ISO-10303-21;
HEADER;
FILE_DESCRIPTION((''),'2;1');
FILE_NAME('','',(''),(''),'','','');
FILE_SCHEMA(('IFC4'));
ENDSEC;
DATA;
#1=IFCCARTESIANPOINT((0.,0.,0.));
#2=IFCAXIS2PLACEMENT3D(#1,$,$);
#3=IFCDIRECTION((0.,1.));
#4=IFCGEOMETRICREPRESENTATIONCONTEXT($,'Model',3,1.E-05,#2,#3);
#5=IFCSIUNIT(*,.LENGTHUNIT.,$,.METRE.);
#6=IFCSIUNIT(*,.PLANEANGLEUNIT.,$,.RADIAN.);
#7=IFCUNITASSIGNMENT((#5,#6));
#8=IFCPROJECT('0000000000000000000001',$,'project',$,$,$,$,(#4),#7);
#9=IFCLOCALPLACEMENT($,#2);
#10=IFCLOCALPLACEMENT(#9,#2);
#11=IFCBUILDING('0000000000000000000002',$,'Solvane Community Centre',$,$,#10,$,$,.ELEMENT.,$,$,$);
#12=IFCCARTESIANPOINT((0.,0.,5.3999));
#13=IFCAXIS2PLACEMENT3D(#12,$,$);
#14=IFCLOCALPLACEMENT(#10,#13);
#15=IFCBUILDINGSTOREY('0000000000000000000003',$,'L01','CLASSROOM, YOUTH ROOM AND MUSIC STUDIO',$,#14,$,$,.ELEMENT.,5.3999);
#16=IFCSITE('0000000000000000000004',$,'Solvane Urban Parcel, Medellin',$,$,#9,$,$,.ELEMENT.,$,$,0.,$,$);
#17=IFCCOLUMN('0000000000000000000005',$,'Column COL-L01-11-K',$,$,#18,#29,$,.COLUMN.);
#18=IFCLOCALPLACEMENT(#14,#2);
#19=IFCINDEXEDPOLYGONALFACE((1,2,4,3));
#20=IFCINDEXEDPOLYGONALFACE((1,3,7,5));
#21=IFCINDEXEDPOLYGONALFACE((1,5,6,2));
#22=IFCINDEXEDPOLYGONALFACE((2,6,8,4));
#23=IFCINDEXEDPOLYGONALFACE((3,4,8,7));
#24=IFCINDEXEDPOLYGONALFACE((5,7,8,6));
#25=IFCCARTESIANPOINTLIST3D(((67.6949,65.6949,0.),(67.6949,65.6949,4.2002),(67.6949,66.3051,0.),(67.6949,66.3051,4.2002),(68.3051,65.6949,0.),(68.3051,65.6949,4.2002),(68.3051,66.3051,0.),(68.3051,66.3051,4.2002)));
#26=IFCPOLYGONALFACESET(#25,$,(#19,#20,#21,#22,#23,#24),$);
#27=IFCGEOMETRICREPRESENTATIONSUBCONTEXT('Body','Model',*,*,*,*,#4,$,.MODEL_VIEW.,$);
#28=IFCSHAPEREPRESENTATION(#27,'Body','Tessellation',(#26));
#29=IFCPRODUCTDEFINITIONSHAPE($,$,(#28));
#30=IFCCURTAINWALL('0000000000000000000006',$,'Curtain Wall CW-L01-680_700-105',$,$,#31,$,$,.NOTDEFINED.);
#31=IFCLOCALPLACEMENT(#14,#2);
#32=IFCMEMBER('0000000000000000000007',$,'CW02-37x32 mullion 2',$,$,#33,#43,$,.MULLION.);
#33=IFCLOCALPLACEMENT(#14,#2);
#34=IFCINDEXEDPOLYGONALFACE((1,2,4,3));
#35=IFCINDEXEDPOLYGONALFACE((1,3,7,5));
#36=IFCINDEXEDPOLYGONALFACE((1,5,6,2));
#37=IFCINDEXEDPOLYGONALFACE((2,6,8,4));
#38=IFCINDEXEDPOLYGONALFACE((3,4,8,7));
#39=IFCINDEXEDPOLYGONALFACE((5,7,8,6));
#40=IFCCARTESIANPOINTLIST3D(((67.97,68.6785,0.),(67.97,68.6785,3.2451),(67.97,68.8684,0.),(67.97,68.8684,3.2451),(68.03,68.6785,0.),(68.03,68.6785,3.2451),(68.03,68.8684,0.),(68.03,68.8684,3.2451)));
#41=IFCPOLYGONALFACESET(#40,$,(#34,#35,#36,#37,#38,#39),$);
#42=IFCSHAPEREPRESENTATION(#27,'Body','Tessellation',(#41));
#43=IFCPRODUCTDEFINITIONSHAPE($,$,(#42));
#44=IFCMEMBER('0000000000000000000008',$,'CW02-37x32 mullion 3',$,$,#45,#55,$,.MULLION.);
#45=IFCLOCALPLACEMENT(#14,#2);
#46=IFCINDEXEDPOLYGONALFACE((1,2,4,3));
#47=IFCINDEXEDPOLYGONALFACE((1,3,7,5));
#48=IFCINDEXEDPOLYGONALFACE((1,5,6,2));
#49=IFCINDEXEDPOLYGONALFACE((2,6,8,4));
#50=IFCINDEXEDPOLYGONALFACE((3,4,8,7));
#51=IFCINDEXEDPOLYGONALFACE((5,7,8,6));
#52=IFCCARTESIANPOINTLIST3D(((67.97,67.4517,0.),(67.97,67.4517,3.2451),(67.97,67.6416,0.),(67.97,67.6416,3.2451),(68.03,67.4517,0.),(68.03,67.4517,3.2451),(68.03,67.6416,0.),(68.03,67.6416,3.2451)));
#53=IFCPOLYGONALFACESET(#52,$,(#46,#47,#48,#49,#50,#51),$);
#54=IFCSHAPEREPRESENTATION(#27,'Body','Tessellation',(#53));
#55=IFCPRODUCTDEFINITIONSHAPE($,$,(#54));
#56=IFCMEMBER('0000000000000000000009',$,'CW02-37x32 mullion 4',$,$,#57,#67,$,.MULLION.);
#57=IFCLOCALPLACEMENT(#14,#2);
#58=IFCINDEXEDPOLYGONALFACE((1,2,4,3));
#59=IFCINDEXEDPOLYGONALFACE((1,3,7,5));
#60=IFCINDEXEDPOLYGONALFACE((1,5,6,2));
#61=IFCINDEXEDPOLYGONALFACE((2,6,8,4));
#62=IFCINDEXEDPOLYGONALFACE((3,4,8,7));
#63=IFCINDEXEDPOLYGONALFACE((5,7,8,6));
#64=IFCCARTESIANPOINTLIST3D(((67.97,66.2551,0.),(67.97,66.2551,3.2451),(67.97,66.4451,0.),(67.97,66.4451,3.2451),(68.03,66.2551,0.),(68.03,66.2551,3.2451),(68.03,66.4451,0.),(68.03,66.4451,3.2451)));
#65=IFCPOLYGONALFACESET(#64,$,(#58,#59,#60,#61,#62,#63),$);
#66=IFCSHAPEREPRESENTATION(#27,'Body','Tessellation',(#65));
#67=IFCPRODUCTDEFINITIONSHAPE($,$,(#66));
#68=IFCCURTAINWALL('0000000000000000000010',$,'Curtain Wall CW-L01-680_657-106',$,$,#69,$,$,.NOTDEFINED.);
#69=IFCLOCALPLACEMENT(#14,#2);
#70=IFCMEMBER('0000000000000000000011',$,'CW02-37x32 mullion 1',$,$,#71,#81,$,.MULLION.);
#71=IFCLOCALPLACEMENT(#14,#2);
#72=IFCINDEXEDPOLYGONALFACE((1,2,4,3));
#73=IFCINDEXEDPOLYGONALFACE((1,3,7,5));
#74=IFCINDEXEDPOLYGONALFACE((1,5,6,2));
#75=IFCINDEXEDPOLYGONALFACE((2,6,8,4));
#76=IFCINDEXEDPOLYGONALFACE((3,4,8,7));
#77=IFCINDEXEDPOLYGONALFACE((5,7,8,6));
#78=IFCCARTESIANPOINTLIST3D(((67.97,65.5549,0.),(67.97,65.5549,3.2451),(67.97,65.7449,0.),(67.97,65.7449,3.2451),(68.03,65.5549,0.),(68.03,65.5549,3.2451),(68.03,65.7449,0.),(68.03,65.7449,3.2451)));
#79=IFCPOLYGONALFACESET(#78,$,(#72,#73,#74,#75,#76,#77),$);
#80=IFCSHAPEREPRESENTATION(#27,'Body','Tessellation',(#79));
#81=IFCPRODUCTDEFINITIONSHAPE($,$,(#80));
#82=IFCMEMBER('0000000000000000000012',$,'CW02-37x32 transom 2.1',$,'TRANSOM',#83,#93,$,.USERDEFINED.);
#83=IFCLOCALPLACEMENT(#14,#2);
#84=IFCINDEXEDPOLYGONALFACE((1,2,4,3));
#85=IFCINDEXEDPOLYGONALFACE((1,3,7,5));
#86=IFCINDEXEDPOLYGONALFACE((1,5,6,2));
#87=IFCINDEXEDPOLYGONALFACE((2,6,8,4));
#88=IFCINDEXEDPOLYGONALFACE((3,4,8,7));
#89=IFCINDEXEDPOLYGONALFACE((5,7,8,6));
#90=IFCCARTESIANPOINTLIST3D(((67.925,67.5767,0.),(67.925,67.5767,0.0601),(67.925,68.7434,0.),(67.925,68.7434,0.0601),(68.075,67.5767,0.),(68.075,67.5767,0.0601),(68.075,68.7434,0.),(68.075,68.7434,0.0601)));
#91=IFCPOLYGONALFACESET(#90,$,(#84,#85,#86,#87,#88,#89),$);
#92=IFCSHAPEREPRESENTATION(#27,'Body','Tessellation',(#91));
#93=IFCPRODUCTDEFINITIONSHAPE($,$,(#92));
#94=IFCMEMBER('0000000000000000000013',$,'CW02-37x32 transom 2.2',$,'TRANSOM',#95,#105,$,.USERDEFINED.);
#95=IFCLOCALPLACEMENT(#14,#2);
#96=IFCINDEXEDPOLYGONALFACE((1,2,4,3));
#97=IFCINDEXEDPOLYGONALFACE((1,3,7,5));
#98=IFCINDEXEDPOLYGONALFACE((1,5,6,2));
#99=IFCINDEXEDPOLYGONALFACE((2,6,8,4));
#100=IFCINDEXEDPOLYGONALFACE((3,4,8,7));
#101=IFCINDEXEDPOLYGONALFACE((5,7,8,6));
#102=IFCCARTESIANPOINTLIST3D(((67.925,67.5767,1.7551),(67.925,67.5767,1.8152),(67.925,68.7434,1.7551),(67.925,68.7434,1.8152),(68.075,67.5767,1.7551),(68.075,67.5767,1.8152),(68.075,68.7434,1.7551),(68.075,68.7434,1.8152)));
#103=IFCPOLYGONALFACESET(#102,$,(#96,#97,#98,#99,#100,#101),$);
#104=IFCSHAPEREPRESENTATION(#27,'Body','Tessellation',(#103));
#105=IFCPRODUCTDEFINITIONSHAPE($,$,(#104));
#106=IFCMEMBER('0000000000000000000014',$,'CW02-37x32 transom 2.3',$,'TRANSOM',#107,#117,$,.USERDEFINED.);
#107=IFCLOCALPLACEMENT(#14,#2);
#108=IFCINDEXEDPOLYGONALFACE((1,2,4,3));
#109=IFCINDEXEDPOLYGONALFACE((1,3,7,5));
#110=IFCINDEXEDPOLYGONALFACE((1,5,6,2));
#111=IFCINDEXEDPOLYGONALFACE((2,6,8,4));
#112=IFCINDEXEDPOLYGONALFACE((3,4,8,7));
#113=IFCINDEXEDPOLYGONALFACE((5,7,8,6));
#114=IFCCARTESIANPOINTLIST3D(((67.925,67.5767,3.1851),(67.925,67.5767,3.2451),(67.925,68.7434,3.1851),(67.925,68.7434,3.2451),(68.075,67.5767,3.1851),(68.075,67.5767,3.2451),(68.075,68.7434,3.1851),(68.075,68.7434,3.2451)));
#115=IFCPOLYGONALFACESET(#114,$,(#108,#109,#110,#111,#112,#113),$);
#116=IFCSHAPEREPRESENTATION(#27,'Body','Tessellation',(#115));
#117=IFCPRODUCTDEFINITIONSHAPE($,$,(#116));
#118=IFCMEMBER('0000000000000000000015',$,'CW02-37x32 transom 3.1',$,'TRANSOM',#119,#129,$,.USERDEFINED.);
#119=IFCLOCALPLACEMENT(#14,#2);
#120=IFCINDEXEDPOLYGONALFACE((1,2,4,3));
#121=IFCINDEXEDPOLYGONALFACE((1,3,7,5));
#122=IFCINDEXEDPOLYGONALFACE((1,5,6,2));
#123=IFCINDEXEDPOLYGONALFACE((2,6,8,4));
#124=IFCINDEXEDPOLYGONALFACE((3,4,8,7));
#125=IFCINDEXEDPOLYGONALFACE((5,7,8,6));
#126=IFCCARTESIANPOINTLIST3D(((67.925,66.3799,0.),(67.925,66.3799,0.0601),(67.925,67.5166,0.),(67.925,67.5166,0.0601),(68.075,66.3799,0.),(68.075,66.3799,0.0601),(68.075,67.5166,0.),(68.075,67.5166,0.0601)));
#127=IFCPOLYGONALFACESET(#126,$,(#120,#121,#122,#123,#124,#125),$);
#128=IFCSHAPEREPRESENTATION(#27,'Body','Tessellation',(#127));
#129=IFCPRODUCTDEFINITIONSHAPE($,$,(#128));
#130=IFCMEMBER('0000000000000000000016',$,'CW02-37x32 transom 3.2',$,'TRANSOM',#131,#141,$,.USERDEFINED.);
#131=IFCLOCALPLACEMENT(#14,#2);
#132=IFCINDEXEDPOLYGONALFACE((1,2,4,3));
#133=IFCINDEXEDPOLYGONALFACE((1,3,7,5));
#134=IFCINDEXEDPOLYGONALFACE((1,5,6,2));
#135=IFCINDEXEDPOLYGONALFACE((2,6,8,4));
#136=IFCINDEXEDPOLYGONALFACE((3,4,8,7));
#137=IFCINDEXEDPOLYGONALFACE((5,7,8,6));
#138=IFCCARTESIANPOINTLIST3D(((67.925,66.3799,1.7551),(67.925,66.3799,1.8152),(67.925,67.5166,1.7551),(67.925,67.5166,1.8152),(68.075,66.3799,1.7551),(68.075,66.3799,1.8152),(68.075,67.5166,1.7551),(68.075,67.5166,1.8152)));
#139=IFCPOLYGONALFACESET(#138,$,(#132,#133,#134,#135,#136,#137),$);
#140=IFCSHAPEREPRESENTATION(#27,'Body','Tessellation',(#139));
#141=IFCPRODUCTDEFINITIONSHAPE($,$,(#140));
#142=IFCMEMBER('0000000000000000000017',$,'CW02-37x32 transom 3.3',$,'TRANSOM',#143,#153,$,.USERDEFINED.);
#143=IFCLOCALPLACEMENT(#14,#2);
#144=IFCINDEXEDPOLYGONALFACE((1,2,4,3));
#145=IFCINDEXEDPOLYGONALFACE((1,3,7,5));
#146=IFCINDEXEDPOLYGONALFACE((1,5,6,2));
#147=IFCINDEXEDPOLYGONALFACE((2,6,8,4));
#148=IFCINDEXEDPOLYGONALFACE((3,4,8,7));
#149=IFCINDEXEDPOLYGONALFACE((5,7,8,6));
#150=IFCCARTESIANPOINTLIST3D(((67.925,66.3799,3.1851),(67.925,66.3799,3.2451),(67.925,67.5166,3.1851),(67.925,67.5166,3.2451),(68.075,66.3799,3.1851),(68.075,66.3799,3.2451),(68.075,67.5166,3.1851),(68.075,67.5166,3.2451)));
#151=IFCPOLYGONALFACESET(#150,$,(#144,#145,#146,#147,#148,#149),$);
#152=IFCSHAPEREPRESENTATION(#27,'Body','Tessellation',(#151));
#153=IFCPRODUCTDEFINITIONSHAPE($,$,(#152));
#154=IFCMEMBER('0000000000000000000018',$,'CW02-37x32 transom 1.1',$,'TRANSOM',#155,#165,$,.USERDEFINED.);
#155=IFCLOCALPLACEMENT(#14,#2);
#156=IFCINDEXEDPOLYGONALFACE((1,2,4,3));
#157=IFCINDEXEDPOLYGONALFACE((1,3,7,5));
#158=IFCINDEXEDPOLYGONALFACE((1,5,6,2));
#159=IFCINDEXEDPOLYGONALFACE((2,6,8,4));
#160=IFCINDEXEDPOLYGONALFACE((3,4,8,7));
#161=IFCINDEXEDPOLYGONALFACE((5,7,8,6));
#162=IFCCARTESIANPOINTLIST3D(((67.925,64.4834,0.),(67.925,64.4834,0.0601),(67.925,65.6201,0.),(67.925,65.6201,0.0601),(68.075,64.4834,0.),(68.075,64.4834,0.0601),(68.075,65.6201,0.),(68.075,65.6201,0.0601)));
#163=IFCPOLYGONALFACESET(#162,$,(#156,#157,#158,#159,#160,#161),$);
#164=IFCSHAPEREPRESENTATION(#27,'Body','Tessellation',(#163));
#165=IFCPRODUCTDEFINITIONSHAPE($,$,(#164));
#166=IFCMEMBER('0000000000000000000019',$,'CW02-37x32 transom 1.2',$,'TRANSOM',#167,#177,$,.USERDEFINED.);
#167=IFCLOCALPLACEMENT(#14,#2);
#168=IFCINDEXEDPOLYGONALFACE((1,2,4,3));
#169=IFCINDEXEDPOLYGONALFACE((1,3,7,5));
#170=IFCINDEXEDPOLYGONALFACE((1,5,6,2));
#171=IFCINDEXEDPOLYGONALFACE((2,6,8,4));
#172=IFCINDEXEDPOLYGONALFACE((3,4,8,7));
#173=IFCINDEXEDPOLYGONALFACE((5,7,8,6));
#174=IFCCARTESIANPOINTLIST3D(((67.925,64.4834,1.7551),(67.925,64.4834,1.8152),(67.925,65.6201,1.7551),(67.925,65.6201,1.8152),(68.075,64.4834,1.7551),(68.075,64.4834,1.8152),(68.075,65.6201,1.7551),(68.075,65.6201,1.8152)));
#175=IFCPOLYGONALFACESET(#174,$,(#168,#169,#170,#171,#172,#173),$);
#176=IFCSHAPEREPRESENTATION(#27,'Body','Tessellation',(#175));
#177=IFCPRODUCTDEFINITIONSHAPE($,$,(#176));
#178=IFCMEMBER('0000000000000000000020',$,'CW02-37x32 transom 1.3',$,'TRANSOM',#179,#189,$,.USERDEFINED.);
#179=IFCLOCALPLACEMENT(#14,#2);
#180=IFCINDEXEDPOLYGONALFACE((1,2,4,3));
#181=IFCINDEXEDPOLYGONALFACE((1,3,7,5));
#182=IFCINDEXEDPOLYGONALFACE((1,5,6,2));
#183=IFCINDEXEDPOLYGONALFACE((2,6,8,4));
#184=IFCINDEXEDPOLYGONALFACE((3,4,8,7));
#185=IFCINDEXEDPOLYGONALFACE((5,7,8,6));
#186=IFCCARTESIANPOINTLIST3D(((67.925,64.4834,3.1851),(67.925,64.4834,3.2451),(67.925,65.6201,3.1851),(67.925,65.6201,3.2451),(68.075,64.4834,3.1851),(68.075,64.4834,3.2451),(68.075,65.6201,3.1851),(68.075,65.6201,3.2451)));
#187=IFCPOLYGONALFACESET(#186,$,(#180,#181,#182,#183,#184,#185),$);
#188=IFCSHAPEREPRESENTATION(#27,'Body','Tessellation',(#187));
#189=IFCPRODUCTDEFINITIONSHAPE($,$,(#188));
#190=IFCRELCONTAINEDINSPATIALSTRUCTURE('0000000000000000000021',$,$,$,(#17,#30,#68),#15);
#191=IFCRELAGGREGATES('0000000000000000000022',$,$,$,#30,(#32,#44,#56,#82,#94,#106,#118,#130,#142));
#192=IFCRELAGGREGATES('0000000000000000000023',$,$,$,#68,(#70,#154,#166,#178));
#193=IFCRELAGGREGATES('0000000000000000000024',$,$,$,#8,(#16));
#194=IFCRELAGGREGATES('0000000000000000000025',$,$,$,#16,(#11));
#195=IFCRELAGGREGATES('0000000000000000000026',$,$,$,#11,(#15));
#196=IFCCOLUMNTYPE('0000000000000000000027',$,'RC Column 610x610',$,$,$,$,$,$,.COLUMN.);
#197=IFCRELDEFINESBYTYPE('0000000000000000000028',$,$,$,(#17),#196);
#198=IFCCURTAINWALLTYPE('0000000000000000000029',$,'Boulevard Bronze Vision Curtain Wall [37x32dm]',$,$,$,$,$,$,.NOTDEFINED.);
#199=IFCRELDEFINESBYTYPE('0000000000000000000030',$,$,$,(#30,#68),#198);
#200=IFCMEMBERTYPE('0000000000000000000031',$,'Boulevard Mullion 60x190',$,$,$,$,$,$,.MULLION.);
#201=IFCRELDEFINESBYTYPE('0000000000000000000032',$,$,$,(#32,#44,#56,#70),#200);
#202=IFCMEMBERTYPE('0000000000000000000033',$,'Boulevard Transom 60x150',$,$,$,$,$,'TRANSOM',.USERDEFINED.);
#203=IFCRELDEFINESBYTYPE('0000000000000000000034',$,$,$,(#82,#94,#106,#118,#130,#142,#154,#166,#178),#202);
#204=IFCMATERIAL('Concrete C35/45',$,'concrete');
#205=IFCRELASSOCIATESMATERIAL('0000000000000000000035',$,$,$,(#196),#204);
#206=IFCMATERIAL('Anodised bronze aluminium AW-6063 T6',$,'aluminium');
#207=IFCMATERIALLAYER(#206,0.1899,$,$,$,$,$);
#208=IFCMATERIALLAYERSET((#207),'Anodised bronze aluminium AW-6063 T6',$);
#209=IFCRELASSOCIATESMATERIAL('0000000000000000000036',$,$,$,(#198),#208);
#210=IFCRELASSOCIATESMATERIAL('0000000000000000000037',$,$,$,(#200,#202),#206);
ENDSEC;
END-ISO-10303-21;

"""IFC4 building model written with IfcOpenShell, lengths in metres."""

from ifc_helpers import new_model, si_unit, direction, frame, origin, origin_2d, place, context, subcontext, project, spatial, rectangle, extrude, material, layer, layer_set, material_profile, profile_set, type_object, element, aggregate, save


model = new_model("IFC4")

# Units and contexts
model_context = context("Model", 3, precision=1e-05, world=origin(), true_north=direction((0.0, 1.0)))
body_context = subcontext(model_context, "Body", "Model", "MODEL_VIEW")
ifc_project = project(units=[si_unit("LENGTHUNIT", "METRE"), si_unit("PLANEANGLEUNIT", "RADIAN")], contexts=[model_context])

# Site, building, storey
site_placement = place(None, origin())
site = spatial("IfcSite", under=ifc_project, at=site_placement, Name="Solvane Urban Parcel, Medellin", CompositionType="ELEMENT", RefElevation=0.0)
building_placement = place(site_placement, origin())
building = spatial("IfcBuilding", under=site, at=building_placement, Name="Solvane Community Centre", CompositionType="ELEMENT")
storey_placement = place(building_placement, frame((0.0, 0.0, 5.3999)))
storey = spatial("IfcBuildingStorey", under=building, at=storey_placement, Name="L01", Description="CLASSROOM, YOUTH ROOM AND MUSIC STUDIO", CompositionType="ELEMENT", Elevation=5.3999)

# Column
ifc_material_1 = material(Name="Concrete C35/45", Category="concrete")
ifc_material_profile_1 = material_profile(ifc_material_1, rectangle(XDim=0.6101, YDim=0.6101, at=origin_2d()), Name="RC 610x610")
ifc_profile_set_1 = profile_set([ifc_material_profile_1], Name="Concrete C35/45")
column_type = type_object("IfcColumnType", Name="RC Column 610x610", PredefinedType="COLUMN", material=ifc_profile_set_1)
column_placement = place(storey_placement, frame((68.0, 66.0, 0.0), z_axis=(0.0, 0.0, 1.0), x_axis=(1.0, 0.0, 0.0)))
element("IfcColumn", 1, at=column_placement, inside=storey, type_object=column_type, Name="Column COL-L01-11-K", PredefinedType="COLUMN", context=body_context, shape_type="SweptSolid", body=[
    extrude(rectangle(XDim=0.6101, YDim=0.6101, at=origin_2d()), origin(), (0.0, 0.0, 1.0), 4.2002),
])

# Curtain wall, members
ifc_material_2 = material(Name="Anodised bronze aluminium AW-6063 T6", Category="aluminium")
ifc_layer_1 = layer(ifc_material_2, 0.1899)
ifc_layer_set_1 = layer_set([ifc_layer_1], Name="Anodised bronze aluminium AW-6063 T6")
curtain_wall_type = type_object("IfcCurtainWallType", Name="Boulevard Bronze Vision Curtain Wall [37x32dm]", PredefinedType="NOTDEFINED", material=ifc_layer_set_1)
curtain_wall_1_placement = place(storey_placement, origin())
curtain_wall_1 = element("IfcCurtainWall", 2, at=curtain_wall_1_placement, inside=storey, type_object=curtain_wall_type, Name="Curtain Wall CW-L01-680_700-105", PredefinedType="NOTDEFINED")
ifc_material_profile_2 = material_profile(ifc_material_2, rectangle(XDim=0.0601, YDim=0.1899, at=origin_2d()), Name="CW-M 60x190")
ifc_profile_set_2 = profile_set([ifc_material_profile_2], Name="Anodised bronze aluminium AW-6063 T6")
member_type_1 = type_object("IfcMemberType", Name="Boulevard Mullion 60x190", PredefinedType="MULLION", material=ifc_profile_set_2)
member_1_placement = place(storey_placement, frame((68.0, 68.7734, 0.0), z_axis=(0.0, 0.0, 1.0), x_axis=(1.0, 0.0, 0.0)))
member_1 = element("IfcMember", 3, at=member_1_placement, type_object=member_type_1, Name="CW02-37x32 mullion 2", PredefinedType="MULLION", context=body_context, shape_type="SweptSolid", body=[
    extrude(rectangle(XDim=0.0601, YDim=0.1899, at=origin_2d()), origin(), (0.0, 0.0, 1.0), 3.2451),
])
member_2_placement = place(storey_placement, frame((68.0, 67.5466, 0.0), z_axis=(0.0, 0.0, 1.0), x_axis=(1.0, 0.0, 0.0)))
member_2 = element("IfcMember", 4, at=member_2_placement, type_object=member_type_1, Name="CW02-37x32 mullion 3", PredefinedType="MULLION", context=body_context, shape_type="SweptSolid", body=[
    extrude(rectangle(XDim=0.0601, YDim=0.1899, at=origin_2d()), origin(), (0.0, 0.0, 1.0), 3.2451),
])
member_3_placement = place(storey_placement, frame((68.0, 66.3501, 0.0), z_axis=(0.0, 0.0, 1.0), x_axis=(1.0, 0.0, 0.0)))
member_3 = element("IfcMember", 5, at=member_3_placement, type_object=member_type_1, Name="CW02-37x32 mullion 4", PredefinedType="MULLION", context=body_context, shape_type="SweptSolid", body=[
    extrude(rectangle(XDim=0.0601, YDim=0.1899, at=origin_2d()), origin(), (0.0, 0.0, 1.0), 3.2451),
])

# Curtain wall, member
curtain_wall_2_placement = place(storey_placement, origin())
curtain_wall_2 = element("IfcCurtainWall", 6, at=curtain_wall_2_placement, inside=storey, type_object=curtain_wall_type, Name="Curtain Wall CW-L01-680_657-106", PredefinedType="NOTDEFINED")
member_4_placement = place(storey_placement, frame((68.0, 65.6499, 0.0), z_axis=(0.0, 0.0, 1.0), x_axis=(1.0, 0.0, 0.0)))
member_4 = element("IfcMember", 7, at=member_4_placement, type_object=member_type_1, Name="CW02-37x32 mullion 1", PredefinedType="MULLION", context=body_context, shape_type="SweptSolid", body=[
    extrude(rectangle(XDim=0.0601, YDim=0.1899, at=origin_2d()), origin(), (0.0, 0.0, 1.0), 3.2451),
])

# Members
ifc_material_profile_3 = material_profile(ifc_material_2, rectangle(XDim=0.1499, YDim=0.0601, at=origin_2d()), Name="CW-T 60x150")
ifc_profile_set_3 = profile_set([ifc_material_profile_3], Name="Anodised bronze aluminium AW-6063 T6")
member_type_2 = type_object("IfcMemberType", Name="Boulevard Transom 60x150", ElementType="TRANSOM", PredefinedType="USERDEFINED", material=ifc_profile_set_3)
member_5_placement = place(storey_placement, frame((68.0, 68.7434, 0.03), z_axis=(0.0, -1.0, 0.0), x_axis=(1.0, 0.0, 0.0)))
member_5 = element("IfcMember", 8, at=member_5_placement, type_object=member_type_2, Name="CW02-37x32 transom 2.1", ObjectType="TRANSOM", PredefinedType="USERDEFINED", context=body_context, shape_type="SweptSolid", body=[
    extrude(rectangle(XDim=0.1499, YDim=0.0601, at=origin_2d()), origin(), (0.0, 0.0, 1.0), 1.1667),
])
member_6_placement = place(storey_placement, frame((68.0, 68.7434, 1.7852), z_axis=(0.0, -1.0, 0.0), x_axis=(1.0, 0.0, 0.0)))
member_6 = element("IfcMember", 9, at=member_6_placement, type_object=member_type_2, Name="CW02-37x32 transom 2.2", ObjectType="TRANSOM", PredefinedType="USERDEFINED", context=body_context, shape_type="SweptSolid", body=[
    extrude(rectangle(XDim=0.1499, YDim=0.0601, at=origin_2d()), origin(), (0.0, 0.0, 1.0), 1.1667),
])
member_7_placement = place(storey_placement, frame((68.0, 68.7434, 3.2151), z_axis=(0.0, -1.0, 0.0), x_axis=(1.0, 0.0, 0.0)))
member_7 = element("IfcMember", 10, at=member_7_placement, type_object=member_type_2, Name="CW02-37x32 transom 2.3", ObjectType="TRANSOM", PredefinedType="USERDEFINED", context=body_context, shape_type="SweptSolid", body=[
    extrude(rectangle(XDim=0.1499, YDim=0.0601, at=origin_2d()), origin(), (0.0, 0.0, 1.0), 1.1667),
])
member_8_placement = place(storey_placement, frame((68.0, 67.5166, 0.03), z_axis=(0.0, -1.0, 0.0), x_axis=(1.0, 0.0, 0.0)))
member_8 = element("IfcMember", 11, at=member_8_placement, type_object=member_type_2, Name="CW02-37x32 transom 3.1", ObjectType="TRANSOM", PredefinedType="USERDEFINED", context=body_context, shape_type="SweptSolid", body=[
    extrude(rectangle(XDim=0.1499, YDim=0.0601, at=origin_2d()), origin(), (0.0, 0.0, 1.0), 1.1367),
])
member_9_placement = place(storey_placement, frame((68.0, 67.5166, 1.7852), z_axis=(0.0, -1.0, 0.0), x_axis=(1.0, 0.0, 0.0)))
member_9 = element("IfcMember", 12, at=member_9_placement, type_object=member_type_2, Name="CW02-37x32 transom 3.2", ObjectType="TRANSOM", PredefinedType="USERDEFINED", context=body_context, shape_type="SweptSolid", body=[
    extrude(rectangle(XDim=0.1499, YDim=0.0601, at=origin_2d()), origin(), (0.0, 0.0, 1.0), 1.1367),
])
member_10_placement = place(storey_placement, frame((68.0, 67.5166, 3.2151), z_axis=(0.0, -1.0, 0.0), x_axis=(1.0, 0.0, 0.0)))
member_10 = element("IfcMember", 13, at=member_10_placement, type_object=member_type_2, Name="CW02-37x32 transom 3.3", ObjectType="TRANSOM", PredefinedType="USERDEFINED", context=body_context, shape_type="SweptSolid", body=[
    extrude(rectangle(XDim=0.1499, YDim=0.0601, at=origin_2d()), origin(), (0.0, 0.0, 1.0), 1.1367),
])
member_11_placement = place(storey_placement, frame((68.0, 65.6201, 0.03), z_axis=(0.0, -1.0, 0.0), x_axis=(1.0, 0.0, 0.0)))
member_11 = element("IfcMember", 14, at=member_11_placement, type_object=member_type_2, Name="CW02-37x32 transom 1.1", ObjectType="TRANSOM", PredefinedType="USERDEFINED", context=body_context, shape_type="SweptSolid", body=[
    extrude(rectangle(XDim=0.1499, YDim=0.0601, at=origin_2d()), origin(), (0.0, 0.0, 1.0), 1.1367),
])
member_12_placement = place(storey_placement, frame((68.0, 65.6201, 1.7852), z_axis=(0.0, -1.0, 0.0), x_axis=(1.0, 0.0, 0.0)))
member_12 = element("IfcMember", 15, at=member_12_placement, type_object=member_type_2, Name="CW02-37x32 transom 1.2", ObjectType="TRANSOM", PredefinedType="USERDEFINED", context=body_context, shape_type="SweptSolid", body=[
    extrude(rectangle(XDim=0.1499, YDim=0.0601, at=origin_2d()), origin(), (0.0, 0.0, 1.0), 1.1367),
])
member_13_placement = place(storey_placement, frame((68.0, 65.6201, 3.2151), z_axis=(0.0, -1.0, 0.0), x_axis=(1.0, 0.0, 0.0)))
member_13 = element("IfcMember", 16, at=member_13_placement, type_object=member_type_2, Name="CW02-37x32 transom 1.3", ObjectType="TRANSOM", PredefinedType="USERDEFINED", context=body_context, shape_type="SweptSolid", body=[
    extrude(rectangle(XDim=0.1499, YDim=0.0601, at=origin_2d()), origin(), (0.0, 0.0, 1.0), 1.1367),
])

aggregate(curtain_wall_1, [member_1, member_2, member_3, member_5, member_6, member_7, member_8, member_9, member_10])
aggregate(curtain_wall_2, [member_4, member_11, member_12, member_13])

save(model, "model.ifc")
